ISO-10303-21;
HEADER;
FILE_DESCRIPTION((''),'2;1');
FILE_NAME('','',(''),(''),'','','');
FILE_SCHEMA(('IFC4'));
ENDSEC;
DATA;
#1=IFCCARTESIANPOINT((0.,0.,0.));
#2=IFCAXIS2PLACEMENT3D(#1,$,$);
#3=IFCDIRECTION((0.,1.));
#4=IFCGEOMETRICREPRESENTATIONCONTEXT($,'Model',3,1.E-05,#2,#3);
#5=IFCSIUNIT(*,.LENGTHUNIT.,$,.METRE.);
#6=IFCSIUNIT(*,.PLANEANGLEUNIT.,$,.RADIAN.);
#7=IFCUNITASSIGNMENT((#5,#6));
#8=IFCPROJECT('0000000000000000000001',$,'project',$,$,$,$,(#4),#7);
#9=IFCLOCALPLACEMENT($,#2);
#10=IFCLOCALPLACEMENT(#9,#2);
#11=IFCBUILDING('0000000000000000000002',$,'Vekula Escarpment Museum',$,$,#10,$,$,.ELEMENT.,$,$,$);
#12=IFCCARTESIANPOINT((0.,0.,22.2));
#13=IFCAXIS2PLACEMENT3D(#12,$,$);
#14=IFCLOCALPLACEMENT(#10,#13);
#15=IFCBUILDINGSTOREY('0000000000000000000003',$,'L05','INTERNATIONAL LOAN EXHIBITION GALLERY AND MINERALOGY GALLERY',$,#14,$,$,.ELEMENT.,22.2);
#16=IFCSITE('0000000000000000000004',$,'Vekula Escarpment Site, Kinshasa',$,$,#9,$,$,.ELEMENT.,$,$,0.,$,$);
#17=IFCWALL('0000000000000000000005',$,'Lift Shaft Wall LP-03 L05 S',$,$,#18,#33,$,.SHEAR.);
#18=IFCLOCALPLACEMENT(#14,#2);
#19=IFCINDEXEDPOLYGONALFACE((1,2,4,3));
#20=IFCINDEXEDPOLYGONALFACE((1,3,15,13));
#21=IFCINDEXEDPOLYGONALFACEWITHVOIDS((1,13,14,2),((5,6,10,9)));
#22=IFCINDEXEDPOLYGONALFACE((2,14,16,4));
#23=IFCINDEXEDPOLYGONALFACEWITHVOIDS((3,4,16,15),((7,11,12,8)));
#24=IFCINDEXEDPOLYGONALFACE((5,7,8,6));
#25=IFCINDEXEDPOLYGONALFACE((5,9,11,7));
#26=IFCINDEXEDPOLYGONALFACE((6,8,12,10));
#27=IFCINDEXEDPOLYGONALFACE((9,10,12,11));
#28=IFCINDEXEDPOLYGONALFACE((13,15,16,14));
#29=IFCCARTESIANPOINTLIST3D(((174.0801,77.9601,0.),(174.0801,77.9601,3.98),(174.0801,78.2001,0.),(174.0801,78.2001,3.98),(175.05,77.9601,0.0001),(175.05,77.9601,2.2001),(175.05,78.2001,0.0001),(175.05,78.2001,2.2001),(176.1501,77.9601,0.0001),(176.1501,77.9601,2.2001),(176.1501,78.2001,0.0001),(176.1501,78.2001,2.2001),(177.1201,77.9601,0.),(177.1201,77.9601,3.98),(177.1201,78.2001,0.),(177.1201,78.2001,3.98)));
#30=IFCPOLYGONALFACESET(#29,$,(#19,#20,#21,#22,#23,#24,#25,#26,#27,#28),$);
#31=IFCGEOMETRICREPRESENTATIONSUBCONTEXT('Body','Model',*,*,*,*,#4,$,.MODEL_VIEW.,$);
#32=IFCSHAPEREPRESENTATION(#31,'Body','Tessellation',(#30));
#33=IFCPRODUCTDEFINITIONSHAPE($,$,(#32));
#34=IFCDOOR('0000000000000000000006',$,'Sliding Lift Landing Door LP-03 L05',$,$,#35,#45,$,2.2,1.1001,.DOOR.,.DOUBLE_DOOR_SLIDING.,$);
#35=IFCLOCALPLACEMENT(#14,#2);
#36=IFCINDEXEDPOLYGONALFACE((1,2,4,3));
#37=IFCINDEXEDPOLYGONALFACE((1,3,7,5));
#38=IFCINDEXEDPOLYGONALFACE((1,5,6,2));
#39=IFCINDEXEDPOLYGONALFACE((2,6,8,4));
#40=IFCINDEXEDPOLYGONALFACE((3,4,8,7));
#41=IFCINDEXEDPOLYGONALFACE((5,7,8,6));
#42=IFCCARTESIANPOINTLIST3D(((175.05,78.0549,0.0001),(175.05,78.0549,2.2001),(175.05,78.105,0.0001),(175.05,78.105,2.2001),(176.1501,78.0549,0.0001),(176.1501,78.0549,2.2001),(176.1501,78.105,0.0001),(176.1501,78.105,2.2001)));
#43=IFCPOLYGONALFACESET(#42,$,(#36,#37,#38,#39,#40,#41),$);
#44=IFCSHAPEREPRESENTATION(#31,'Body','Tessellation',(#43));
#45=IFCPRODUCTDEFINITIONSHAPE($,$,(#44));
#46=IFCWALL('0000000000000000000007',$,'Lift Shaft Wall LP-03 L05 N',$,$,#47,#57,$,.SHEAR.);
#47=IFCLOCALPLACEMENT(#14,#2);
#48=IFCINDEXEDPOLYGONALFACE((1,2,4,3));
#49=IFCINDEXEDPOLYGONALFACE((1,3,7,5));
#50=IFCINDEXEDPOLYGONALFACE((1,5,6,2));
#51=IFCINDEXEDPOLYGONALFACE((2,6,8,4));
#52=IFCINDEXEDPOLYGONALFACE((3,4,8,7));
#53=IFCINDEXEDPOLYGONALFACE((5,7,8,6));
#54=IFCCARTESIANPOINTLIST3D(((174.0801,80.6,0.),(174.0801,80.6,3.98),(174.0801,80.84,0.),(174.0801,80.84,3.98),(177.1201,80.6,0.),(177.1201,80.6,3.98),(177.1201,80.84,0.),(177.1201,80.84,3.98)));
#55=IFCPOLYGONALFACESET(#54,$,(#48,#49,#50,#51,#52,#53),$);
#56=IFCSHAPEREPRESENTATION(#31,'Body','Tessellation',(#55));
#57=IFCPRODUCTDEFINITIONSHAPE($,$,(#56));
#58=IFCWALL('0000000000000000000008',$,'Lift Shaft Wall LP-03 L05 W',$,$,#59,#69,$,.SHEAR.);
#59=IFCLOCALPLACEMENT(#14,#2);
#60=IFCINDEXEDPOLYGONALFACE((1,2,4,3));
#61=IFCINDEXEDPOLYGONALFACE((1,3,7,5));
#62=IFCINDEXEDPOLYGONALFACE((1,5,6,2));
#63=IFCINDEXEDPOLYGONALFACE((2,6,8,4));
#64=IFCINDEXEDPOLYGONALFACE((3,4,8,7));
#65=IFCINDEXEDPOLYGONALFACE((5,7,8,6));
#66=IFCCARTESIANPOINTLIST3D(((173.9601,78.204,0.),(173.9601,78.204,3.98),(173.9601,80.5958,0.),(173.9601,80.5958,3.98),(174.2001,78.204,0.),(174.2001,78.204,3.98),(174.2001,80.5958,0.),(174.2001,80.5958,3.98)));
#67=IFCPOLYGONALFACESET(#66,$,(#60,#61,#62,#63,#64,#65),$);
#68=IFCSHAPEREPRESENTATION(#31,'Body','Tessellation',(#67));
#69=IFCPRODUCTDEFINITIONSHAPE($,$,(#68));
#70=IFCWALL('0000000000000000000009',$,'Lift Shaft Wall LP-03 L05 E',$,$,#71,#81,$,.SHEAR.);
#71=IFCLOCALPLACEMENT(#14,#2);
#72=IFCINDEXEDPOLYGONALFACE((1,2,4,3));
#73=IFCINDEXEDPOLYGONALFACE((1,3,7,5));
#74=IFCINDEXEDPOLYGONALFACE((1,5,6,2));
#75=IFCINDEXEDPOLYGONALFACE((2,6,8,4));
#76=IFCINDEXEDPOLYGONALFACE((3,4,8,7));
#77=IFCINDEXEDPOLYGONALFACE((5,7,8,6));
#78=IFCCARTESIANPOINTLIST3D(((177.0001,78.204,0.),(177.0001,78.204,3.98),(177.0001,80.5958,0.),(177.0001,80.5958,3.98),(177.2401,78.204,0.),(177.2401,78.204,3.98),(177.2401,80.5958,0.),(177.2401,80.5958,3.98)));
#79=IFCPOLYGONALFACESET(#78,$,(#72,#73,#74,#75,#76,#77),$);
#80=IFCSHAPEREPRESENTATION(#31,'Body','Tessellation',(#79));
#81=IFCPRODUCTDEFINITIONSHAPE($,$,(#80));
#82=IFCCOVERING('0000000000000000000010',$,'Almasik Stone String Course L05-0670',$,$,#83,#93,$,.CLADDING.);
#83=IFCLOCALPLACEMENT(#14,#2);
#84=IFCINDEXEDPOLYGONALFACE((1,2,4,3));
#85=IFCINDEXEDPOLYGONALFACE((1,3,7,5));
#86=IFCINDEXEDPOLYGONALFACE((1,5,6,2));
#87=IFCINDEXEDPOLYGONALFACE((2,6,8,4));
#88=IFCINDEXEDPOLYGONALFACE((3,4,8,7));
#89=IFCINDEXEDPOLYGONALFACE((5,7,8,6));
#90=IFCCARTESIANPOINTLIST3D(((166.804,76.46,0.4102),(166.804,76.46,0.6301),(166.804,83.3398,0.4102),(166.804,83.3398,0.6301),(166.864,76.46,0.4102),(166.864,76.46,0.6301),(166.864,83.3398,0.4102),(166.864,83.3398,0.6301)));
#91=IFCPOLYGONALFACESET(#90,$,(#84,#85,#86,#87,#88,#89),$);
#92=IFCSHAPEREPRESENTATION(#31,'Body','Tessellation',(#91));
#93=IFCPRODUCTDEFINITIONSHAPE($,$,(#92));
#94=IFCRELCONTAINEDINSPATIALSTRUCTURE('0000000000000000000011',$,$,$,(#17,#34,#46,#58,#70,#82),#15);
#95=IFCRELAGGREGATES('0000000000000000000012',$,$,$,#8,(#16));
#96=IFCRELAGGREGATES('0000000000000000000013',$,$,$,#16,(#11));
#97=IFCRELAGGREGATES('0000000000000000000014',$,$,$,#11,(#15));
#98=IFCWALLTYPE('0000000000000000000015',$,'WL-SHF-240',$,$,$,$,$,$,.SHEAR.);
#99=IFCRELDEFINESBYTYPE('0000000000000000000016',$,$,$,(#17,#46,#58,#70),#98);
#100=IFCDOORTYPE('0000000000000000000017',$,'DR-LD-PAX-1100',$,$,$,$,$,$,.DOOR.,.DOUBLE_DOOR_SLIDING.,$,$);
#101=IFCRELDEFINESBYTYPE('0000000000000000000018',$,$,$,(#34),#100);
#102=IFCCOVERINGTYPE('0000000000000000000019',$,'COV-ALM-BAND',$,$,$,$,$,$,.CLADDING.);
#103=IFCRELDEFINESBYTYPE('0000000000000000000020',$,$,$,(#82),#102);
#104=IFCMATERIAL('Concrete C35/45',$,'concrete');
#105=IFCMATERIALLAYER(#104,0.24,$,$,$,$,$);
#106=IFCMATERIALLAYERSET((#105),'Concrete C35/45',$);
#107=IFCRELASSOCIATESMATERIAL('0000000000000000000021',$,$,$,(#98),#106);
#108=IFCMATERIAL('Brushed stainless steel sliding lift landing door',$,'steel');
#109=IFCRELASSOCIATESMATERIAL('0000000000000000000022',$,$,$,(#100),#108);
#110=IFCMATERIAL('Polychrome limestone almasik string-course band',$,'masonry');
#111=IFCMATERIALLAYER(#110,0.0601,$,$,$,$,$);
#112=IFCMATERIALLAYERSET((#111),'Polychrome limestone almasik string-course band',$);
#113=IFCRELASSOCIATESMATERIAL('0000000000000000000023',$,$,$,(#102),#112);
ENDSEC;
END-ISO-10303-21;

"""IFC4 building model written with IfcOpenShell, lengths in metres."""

from ifc_helpers import new_model, si_unit, direction, frame, frame_2d, origin, origin_2d, place, context, subcontext, project, spatial, rectangle, extrude, material, layer, layer_set, type_object, element, fill, save


model = new_model("IFC4")

# Units and contexts
model_context = context("Model", 3, precision=1e-05, world=origin(), true_north=direction((0.0, 1.0)))
body_context = subcontext(model_context, "Body", "Model", "MODEL_VIEW")
ifc_project = project(units=[si_unit("LENGTHUNIT", "METRE"), si_unit("PLANEANGLEUNIT", "RADIAN")], contexts=[model_context])

# Site, building, storey
site_placement = place(None, origin())
site = spatial("IfcSite", under=ifc_project, at=site_placement, Name="Vekula Escarpment Site, Kinshasa", CompositionType="ELEMENT", RefElevation=0.0)
building_placement = place(site_placement, origin())
building = spatial("IfcBuilding", under=site, at=building_placement, Name="Vekula Escarpment Museum", CompositionType="ELEMENT")
storey_placement = place(building_placement, frame((0.0, 0.0, 22.2)))
storey = spatial("IfcBuildingStorey", under=building, at=storey_placement, Name="L05", Description="INTERNATIONAL LOAN EXHIBITION GALLERY AND MINERALOGY GALLERY", CompositionType="ELEMENT", Elevation=22.2)

# Shared definitions
ifc_material_1 = material(Name="Concrete C35/45", Category="concrete")
ifc_layer_1 = layer(ifc_material_1, 0.24)
ifc_layer_set_1 = layer_set([ifc_layer_1], Name="Concrete C35/45")
wall_type_1 = type_object("IfcWallType", Name="WL-SHF-240", PredefinedType="SHEAR", material=ifc_layer_set_1)

# Wall, opening, door
wall_1_placement = place(storey_placement, frame((174.0801, 78.0801, 0.0), z_axis=(0.0, 0.0, 1.0), x_axis=(1.0, 0.0, 0.0)))
wall_1 = element("IfcWall", 1, at=wall_1_placement, inside=storey, type_object=wall_type_1, Name="Lift Shaft Wall LP-03 L05 S", PredefinedType="SHEAR", context=body_context, shape_type="SweptSolid", body=[
    extrude(rectangle(XDim=3.04, YDim=0.24, at=frame_2d((1.52, 0.0))), origin(), (0.0, 0.0, 1.0), 3.98),
])
opening_1_placement = place(wall_1_placement, frame((0.97, 0.0, 0.0)))
opening_1 = element("IfcOpeningElement", 2, at=opening_1_placement, cuts=wall_1, PredefinedType="OPENING", context=body_context, shape_type="SweptSolid", body=[
    extrude(rectangle(XDim=1.1001, YDim=2.2, at=frame_2d((0.55, 1.1001))), frame((0.0, 0.1299, 0.0), z_axis=(0.0, -1.0, 0.0), x_axis=(1.0, 0.0, 0.0)), (0.0, 0.0, 1.0), 0.26),
])
ifc_material_2 = material(Name="Brushed stainless steel sliding lift landing door", Category="steel")
door_type_1 = type_object("IfcDoorType", Name="DR-LD-PAX-1100", OperationType="DOUBLE_DOOR_SLIDING", PredefinedType="DOOR", material=ifc_material_2)
door_1_placement = place(opening_1_placement, origin())
door_1 = element("IfcDoor", 3, at=door_1_placement, inside=storey, type_object=door_type_1, Name="Sliding Lift Landing Door LP-03 L05", OperationType="DOUBLE_DOOR_SLIDING", OverallHeight=2.2, OverallWidth=1.1001, PredefinedType="DOOR", context=body_context, shape_type="SweptSolid", body=[
    extrude(rectangle(XDim=1.1001, YDim=2.2, at=frame_2d((0.55, 1.1001))), frame((0.0, 0.0249, 0.0), z_axis=(0.0, -1.0, 0.0), x_axis=(1.0, 0.0, 0.0)), (0.0, 0.0, 1.0), 0.05),
])
fill(opening_1, door_1)

# Walls
wall_2_placement = place(storey_placement, frame((174.0801, 80.72, 0.0), z_axis=(0.0, 0.0, 1.0), x_axis=(1.0, 0.0, 0.0)))
element("IfcWall", 4, at=wall_2_placement, inside=storey, type_object=wall_type_1, Name="Lift Shaft Wall LP-03 L05 N", PredefinedType="SHEAR", context=body_context, shape_type="SweptSolid", body=[
    extrude(rectangle(XDim=3.04, YDim=0.24, at=frame_2d((1.52, 0.0))), origin(), (0.0, 0.0, 1.0), 3.98),
])
for number, where, z_axis, x_axis, name in (
    (5, (174.0801, 78.2041, 0.0), (0.0, 0.0, 1.0), (0.0, 1.0, 0.0), "Lift Shaft Wall LP-03 L05 W"),
    (6, (177.1201, 78.2041, 0.0), (0.0, 0.0, 1.0), (0.0, 1.0, 0.0), "Lift Shaft Wall LP-03 L05 E"),
):
    element("IfcWall", number, at=place(storey_placement, frame(where, z_axis=z_axis, x_axis=x_axis)), inside=storey, type_object=wall_type_1, Name=name, PredefinedType="SHEAR", context=body_context, shape_type="SweptSolid", body=[
        extrude(rectangle(XDim=2.3918, YDim=0.24, at=frame_2d((1.1958, 0.0))), origin(), (0.0, 0.0, 1.0), 3.98),
    ])

# Covering
ifc_material_3 = material(Name="Polychrome limestone almasik string-course band", Category="masonry")
ifc_layer_2 = layer(ifc_material_3, 0.0601)
ifc_layer_set_2 = layer_set([ifc_layer_2], Name="Polychrome limestone almasik string-course band")
covering_type = type_object("IfcCoveringType", Name="COV-ALM-BAND", PredefinedType="CLADDING", material=ifc_layer_set_2)
covering_placement = place(storey_placement, frame((166.834, 79.8999, 0.4102), z_axis=(0.0, 0.0, 1.0), x_axis=(0.0, 1.0, 0.0)))
element("IfcCovering", 7, at=covering_placement, inside=storey, type_object=covering_type, Name="Almasik Stone String Course L05-0670", PredefinedType="CLADDING", context=body_context, shape_type="SweptSolid", body=[
    extrude(rectangle(XDim=6.8799, YDim=0.0601, at=origin_2d()), origin(), (0.0, 0.0, 1.0), 0.22),
])

save(model, "model.ifc")
